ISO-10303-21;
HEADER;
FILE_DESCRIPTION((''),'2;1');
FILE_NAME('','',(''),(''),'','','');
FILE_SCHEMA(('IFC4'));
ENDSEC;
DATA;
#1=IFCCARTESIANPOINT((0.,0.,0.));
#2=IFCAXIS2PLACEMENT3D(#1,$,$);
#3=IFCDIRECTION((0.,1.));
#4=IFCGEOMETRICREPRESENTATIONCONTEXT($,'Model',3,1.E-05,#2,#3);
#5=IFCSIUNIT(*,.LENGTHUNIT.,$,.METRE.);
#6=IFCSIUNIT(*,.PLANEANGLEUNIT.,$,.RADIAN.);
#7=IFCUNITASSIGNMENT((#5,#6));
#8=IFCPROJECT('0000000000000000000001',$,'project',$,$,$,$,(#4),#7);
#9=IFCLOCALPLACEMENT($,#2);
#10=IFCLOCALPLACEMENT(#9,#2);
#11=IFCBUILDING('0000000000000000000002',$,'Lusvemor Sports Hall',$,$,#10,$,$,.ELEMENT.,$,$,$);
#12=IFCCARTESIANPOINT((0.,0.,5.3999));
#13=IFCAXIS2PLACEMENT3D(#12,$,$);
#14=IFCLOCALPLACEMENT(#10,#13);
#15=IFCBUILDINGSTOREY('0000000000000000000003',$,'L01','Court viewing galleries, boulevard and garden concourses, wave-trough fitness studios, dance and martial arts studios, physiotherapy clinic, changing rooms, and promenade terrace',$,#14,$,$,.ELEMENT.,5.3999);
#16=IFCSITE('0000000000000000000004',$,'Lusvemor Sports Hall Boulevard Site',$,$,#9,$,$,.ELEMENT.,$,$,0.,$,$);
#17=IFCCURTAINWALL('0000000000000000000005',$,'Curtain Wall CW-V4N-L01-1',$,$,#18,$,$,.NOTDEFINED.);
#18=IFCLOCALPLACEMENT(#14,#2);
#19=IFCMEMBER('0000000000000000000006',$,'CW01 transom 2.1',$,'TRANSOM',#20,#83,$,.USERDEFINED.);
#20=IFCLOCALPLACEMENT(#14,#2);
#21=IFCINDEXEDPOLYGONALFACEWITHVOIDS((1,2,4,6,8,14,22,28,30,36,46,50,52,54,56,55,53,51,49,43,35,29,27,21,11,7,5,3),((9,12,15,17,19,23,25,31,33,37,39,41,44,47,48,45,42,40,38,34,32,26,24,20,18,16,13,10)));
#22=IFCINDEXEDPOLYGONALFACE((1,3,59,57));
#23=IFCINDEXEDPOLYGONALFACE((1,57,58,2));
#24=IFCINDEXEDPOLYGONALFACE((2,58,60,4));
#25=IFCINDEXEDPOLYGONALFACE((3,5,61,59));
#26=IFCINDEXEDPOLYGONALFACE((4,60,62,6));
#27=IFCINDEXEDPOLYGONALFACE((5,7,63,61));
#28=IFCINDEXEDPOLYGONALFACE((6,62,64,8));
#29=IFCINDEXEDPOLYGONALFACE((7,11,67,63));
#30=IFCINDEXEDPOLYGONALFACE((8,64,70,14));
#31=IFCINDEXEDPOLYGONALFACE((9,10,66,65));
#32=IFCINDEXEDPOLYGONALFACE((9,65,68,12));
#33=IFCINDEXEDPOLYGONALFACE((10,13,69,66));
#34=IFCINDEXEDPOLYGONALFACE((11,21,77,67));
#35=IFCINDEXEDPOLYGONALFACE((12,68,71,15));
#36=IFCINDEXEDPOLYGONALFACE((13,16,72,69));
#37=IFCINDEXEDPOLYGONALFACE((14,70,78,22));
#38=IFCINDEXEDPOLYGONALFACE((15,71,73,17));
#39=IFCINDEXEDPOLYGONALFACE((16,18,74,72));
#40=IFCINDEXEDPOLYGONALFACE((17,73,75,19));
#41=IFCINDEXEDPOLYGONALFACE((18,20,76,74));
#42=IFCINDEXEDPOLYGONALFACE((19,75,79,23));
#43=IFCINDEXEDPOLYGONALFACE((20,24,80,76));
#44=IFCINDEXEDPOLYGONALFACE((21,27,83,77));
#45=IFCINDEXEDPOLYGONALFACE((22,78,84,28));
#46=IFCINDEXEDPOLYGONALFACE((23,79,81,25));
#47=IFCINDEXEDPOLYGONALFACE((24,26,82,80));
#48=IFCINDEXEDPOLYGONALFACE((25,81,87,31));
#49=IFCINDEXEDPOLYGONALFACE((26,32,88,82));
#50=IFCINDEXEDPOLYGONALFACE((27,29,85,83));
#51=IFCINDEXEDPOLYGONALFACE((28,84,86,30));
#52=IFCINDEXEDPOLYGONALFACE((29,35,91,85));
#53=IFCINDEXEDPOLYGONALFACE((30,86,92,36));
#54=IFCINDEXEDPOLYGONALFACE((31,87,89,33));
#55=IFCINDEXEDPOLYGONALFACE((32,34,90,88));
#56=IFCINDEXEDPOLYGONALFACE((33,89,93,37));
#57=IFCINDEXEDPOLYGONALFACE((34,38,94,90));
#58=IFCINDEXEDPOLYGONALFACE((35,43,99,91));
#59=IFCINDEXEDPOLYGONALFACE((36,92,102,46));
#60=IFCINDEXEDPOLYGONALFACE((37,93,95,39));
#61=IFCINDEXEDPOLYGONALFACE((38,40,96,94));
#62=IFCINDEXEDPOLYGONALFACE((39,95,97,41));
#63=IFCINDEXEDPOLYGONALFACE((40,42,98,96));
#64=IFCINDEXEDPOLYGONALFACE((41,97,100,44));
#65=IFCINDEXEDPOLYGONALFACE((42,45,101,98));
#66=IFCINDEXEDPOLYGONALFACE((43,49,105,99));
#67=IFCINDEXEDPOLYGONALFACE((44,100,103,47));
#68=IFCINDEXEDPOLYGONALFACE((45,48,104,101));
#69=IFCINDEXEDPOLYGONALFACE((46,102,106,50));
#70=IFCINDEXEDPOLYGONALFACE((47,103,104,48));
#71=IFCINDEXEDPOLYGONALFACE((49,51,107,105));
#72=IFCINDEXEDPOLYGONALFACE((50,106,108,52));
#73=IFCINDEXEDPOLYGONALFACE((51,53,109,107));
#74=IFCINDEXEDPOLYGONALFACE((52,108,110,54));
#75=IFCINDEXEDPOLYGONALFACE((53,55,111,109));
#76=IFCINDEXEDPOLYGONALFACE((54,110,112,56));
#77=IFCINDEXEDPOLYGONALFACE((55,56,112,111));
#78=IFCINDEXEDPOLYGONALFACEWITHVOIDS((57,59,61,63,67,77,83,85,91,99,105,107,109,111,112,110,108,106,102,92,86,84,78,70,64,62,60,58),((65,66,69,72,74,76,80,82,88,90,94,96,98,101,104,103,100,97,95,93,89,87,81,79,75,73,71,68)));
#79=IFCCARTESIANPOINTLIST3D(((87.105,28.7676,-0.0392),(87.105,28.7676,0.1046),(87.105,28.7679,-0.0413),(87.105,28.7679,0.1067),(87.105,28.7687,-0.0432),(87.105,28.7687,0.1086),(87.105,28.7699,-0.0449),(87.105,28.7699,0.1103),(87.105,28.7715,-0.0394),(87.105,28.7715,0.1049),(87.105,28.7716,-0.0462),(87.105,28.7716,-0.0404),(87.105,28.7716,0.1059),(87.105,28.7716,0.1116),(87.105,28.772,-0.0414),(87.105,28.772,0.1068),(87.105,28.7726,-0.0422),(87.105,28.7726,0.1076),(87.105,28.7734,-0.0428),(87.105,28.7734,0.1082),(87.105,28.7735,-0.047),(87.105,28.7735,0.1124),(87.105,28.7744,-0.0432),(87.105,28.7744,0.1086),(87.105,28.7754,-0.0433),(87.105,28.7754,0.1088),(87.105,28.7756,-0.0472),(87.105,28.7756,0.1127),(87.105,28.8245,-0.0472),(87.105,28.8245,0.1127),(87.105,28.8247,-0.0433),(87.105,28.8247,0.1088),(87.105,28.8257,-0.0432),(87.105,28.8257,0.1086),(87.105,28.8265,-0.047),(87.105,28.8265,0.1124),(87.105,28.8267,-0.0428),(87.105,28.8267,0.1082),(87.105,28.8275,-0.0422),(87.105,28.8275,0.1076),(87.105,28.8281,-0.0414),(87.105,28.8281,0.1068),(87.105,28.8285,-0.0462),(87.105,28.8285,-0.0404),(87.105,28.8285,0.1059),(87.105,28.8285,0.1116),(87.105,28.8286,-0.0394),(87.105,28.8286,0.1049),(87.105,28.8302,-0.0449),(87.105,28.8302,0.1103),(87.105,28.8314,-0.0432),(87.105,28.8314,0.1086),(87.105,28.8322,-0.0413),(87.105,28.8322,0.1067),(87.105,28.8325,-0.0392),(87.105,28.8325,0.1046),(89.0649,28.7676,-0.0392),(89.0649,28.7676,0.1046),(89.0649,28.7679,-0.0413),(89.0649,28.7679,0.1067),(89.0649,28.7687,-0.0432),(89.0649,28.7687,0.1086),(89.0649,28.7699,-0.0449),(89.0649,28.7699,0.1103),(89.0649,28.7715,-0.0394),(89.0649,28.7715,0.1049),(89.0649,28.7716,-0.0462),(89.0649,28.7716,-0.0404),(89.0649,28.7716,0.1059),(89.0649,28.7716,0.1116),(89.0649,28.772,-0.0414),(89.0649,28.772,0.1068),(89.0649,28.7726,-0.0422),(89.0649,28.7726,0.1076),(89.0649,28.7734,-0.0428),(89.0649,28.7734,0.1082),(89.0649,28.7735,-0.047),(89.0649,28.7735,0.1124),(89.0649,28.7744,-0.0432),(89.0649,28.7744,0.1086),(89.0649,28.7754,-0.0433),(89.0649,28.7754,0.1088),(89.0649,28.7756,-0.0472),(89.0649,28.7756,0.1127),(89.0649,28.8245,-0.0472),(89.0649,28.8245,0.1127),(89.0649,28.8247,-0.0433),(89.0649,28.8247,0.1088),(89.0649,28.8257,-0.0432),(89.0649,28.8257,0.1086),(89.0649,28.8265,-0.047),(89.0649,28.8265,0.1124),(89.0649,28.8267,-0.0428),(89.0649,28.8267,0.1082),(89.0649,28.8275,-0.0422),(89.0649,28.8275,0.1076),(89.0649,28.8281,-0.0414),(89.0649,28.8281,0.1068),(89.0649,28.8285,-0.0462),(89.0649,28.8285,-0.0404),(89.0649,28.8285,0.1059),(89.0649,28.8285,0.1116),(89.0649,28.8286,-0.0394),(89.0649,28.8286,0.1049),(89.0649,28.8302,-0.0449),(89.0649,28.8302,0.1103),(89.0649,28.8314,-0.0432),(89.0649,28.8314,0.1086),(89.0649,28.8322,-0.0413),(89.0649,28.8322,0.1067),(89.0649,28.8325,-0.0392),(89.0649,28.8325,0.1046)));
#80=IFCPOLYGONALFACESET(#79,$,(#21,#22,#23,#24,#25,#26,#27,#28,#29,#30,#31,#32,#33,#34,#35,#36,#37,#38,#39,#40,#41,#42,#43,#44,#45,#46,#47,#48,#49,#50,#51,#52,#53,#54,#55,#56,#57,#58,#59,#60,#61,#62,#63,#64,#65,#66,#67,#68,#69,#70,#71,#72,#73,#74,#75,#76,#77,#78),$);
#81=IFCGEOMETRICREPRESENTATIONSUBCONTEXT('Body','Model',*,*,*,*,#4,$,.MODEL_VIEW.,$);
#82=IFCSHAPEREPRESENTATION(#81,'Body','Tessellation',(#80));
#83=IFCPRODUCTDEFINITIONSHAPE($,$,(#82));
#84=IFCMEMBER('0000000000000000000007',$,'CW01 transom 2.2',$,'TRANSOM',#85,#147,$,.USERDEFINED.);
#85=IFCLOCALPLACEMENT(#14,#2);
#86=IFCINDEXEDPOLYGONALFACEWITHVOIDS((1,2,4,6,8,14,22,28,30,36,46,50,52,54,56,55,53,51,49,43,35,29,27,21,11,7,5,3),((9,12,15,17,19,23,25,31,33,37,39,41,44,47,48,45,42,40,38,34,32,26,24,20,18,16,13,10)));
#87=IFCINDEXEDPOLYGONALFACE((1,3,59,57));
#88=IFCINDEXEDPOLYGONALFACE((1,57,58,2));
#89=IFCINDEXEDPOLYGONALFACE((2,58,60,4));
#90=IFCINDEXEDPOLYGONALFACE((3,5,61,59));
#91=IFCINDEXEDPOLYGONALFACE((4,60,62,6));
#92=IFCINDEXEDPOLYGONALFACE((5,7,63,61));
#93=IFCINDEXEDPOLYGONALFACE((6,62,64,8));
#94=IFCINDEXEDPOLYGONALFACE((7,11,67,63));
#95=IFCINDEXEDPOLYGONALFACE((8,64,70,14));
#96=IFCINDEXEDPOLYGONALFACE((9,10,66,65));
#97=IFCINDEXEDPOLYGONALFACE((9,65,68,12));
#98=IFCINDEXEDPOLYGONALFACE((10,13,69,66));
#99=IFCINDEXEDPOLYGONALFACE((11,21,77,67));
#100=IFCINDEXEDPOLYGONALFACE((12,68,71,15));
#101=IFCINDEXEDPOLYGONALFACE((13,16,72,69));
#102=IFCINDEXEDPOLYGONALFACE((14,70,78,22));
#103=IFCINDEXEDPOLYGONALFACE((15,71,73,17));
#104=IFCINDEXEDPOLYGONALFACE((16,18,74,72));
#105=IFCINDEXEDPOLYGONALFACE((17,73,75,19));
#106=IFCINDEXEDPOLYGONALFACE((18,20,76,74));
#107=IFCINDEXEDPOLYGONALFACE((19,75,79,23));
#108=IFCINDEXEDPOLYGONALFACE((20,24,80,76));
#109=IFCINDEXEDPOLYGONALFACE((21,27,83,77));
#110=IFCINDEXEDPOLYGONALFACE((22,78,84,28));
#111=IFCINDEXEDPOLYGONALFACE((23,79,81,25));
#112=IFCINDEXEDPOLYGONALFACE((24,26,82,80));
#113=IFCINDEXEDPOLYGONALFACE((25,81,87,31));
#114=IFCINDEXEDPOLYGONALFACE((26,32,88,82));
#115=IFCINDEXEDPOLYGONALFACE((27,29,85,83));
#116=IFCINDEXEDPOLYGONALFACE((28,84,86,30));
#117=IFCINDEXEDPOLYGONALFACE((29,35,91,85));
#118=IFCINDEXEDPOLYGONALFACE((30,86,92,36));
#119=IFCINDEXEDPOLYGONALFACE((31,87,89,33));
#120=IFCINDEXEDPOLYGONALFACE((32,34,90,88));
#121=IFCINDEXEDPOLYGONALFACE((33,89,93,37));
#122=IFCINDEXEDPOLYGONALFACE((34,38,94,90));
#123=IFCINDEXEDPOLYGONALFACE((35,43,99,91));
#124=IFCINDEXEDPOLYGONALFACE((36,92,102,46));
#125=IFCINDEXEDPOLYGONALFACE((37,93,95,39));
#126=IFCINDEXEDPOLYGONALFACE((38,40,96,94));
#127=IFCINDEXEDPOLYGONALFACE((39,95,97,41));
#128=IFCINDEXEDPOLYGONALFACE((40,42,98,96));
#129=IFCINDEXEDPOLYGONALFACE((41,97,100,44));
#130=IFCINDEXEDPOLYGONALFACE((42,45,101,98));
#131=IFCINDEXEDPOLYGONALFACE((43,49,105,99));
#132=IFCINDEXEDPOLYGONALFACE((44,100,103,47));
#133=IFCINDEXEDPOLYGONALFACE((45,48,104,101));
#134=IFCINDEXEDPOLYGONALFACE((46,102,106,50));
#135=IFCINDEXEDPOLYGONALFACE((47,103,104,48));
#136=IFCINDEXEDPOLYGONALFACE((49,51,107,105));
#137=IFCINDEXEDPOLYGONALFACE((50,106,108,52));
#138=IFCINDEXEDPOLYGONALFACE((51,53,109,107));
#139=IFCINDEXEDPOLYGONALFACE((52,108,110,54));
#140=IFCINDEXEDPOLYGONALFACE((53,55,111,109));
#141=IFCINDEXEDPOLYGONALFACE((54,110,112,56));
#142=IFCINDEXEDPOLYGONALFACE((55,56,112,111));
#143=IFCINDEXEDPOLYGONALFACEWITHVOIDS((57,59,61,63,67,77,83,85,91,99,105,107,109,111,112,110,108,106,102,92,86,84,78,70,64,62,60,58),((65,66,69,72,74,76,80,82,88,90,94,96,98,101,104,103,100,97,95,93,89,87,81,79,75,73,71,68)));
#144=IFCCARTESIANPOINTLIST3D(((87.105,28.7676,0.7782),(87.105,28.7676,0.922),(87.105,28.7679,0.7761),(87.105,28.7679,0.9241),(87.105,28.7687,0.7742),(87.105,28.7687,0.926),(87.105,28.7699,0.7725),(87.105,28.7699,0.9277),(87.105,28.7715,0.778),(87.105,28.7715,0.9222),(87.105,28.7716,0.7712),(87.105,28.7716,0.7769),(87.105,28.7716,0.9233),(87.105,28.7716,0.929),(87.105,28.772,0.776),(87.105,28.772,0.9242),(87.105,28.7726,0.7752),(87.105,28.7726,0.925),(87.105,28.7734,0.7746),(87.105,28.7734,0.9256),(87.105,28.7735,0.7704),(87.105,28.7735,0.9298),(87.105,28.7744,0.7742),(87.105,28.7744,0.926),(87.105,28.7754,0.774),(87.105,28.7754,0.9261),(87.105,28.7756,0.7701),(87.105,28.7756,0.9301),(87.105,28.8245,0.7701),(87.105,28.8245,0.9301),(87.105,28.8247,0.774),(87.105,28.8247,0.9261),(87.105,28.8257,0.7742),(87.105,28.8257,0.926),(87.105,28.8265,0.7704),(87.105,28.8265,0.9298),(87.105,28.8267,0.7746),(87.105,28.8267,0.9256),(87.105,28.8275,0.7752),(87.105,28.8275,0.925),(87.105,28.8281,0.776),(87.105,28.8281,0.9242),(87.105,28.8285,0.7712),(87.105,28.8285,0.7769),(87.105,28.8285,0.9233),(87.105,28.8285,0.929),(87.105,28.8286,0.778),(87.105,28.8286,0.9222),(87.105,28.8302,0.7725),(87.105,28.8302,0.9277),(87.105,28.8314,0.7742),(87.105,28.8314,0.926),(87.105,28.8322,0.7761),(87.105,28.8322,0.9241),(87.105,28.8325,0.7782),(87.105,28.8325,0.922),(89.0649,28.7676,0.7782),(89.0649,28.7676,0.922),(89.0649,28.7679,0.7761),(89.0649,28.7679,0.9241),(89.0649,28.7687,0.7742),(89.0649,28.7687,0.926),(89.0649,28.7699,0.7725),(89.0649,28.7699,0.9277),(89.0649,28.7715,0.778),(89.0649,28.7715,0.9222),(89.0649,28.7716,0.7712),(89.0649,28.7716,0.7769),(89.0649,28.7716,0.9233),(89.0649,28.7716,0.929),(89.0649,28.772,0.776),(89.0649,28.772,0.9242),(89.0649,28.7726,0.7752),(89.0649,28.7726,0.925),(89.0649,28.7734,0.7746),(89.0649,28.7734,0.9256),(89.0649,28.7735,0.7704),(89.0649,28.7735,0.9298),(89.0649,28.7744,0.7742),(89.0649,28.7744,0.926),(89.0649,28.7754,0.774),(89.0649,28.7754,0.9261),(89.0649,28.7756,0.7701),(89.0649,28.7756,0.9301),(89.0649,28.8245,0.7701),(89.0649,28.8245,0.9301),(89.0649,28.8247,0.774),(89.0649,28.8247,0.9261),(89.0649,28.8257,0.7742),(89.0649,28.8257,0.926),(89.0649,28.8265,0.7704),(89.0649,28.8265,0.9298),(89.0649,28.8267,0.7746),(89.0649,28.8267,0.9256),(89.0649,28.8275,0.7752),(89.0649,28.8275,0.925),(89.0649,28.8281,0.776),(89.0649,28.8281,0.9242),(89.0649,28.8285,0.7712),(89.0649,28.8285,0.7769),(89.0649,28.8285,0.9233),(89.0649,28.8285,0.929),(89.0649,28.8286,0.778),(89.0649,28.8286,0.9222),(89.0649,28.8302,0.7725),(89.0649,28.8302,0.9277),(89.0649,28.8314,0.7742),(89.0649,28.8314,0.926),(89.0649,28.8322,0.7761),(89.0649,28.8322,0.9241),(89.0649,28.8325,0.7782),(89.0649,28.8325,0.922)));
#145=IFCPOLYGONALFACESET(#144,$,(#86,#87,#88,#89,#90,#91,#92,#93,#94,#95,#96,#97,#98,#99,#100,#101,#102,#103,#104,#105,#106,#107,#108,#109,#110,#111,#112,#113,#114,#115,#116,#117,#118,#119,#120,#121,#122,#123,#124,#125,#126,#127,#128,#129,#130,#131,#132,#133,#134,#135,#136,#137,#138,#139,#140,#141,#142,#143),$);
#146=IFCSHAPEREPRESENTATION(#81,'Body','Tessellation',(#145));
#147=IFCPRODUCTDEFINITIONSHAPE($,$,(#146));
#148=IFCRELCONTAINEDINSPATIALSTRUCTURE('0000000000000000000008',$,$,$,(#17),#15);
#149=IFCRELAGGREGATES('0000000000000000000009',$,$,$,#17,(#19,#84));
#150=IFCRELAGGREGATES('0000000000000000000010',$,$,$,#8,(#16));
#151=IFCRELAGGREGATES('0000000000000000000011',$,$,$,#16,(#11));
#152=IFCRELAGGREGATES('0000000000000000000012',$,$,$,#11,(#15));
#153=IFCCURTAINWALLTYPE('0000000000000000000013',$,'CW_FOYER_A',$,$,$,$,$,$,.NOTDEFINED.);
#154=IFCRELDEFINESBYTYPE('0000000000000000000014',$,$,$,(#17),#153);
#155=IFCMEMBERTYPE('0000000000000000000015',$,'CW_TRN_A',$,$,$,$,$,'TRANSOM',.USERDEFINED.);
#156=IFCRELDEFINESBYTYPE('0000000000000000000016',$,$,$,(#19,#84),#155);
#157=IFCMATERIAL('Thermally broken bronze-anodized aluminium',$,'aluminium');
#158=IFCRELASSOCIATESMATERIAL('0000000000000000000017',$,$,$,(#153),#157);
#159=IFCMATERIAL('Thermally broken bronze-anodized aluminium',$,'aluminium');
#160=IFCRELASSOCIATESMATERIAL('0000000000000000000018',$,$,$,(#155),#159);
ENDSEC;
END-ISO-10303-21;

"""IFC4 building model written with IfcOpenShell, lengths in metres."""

from ifc_helpers import new_model, si_unit, direction, frame, origin, origin_2d, place, context, subcontext, project, spatial, hollow_rectangle, extrude, material, material_profile, profile_set, type_object, element, aggregate, save


model = new_model("IFC4")

# Units and contexts
model_context = context("Model", 3, precision=1e-05, world=origin(), true_north=direction((0.0, 1.0)))
body_context = subcontext(model_context, "Body", "Model", "MODEL_VIEW")
ifc_project = project(units=[si_unit("LENGTHUNIT", "METRE"), si_unit("PLANEANGLEUNIT", "RADIAN")], contexts=[model_context])

# Site, building, storey
site_placement = place(None, origin())
site = spatial("IfcSite", under=ifc_project, at=site_placement, Name="Lusvemor Sports Hall Boulevard Site", CompositionType="ELEMENT", RefElevation=0.0)
building_placement = place(site_placement, origin())
building = spatial("IfcBuilding", under=site, at=building_placement, Name="Lusvemor Sports Hall", CompositionType="ELEMENT")
storey_placement = place(building_placement, frame((0.0, 0.0, 5.3999)))
storey = spatial("IfcBuildingStorey", under=building, at=storey_placement, Name="L01", Description="Court viewing galleries, boulevard and garden concourses, wave-trough fitness studios, dance and martial arts studios, physiotherapy clinic, changing rooms, and promenade terrace", CompositionType="ELEMENT", Elevation=5.3999)

# Curtain wall, members
ifc_material_1 = material(Name="Thermally broken bronze-anodized aluminium", Category="aluminium")
curtain_wall_type = type_object("IfcCurtainWallType", Name="CW_FOYER_A", PredefinedType="NOTDEFINED", material=ifc_material_1)
curtain_wall_placement = place(storey_placement, origin())
curtain_wall = element("IfcCurtainWall", 1, at=curtain_wall_placement, inside=storey, type_object=curtain_wall_type, Name="Curtain Wall CW-V4N-L01-1", PredefinedType="NOTDEFINED")
ifc_material_2 = material(Name="Thermally broken bronze-anodized aluminium", Category="aluminium")
ifc_material_profile_1 = material_profile(ifc_material_2, hollow_rectangle(XDim=0.0649, YDim=0.1599, WallThickness=0.0039, InnerFilletRadius=0.0039, OuterFilletRadius=0.0081, at=origin_2d()), Name="CWTRN160x65x4")
ifc_profile_set_1 = profile_set([ifc_material_profile_1], Name="Thermally broken bronze-anodized aluminium")
member_type_1 = type_object("IfcMemberType", Name="CW_TRN_A", ElementType="TRANSOM", PredefinedType="USERDEFINED", material=ifc_profile_set_1)
member_1_placement = place(storey_placement, frame((87.105, 28.8, 0.0327), z_axis=(1.0, 0.0, 0.0), x_axis=(0.0, 1.0, 0.0)))
member_1 = element("IfcMember", 2, at=member_1_placement, type_object=member_type_1, Name="CW01 transom 2.1", ObjectType="TRANSOM", PredefinedType="USERDEFINED", context=body_context, shape_type="SweptSolid", body=[
    extrude(hollow_rectangle(XDim=0.0649, YDim=0.1599, WallThickness=0.0039, InnerFilletRadius=0.0039, OuterFilletRadius=0.0081, at=origin_2d()), origin(), (0.0, 0.0, 1.0), 1.96),
])
member_2_placement = place(storey_placement, frame((87.105, 28.8, 0.8501), z_axis=(1.0, 0.0, 0.0), x_axis=(0.0, 1.0, 0.0)))
member_2 = element("IfcMember", 3, at=member_2_placement, type_object=member_type_1, Name="CW01 transom 2.2", ObjectType="TRANSOM", PredefinedType="USERDEFINED", context=body_context, shape_type="SweptSolid", body=[
    extrude(hollow_rectangle(XDim=0.0649, YDim=0.1599, WallThickness=0.0039, InnerFilletRadius=0.0039, OuterFilletRadius=0.0081, at=origin_2d()), origin(), (0.0, 0.0, 1.0), 1.96),
])

aggregate(curtain_wall, [member_1, member_2])

save(model, "model.ifc")
